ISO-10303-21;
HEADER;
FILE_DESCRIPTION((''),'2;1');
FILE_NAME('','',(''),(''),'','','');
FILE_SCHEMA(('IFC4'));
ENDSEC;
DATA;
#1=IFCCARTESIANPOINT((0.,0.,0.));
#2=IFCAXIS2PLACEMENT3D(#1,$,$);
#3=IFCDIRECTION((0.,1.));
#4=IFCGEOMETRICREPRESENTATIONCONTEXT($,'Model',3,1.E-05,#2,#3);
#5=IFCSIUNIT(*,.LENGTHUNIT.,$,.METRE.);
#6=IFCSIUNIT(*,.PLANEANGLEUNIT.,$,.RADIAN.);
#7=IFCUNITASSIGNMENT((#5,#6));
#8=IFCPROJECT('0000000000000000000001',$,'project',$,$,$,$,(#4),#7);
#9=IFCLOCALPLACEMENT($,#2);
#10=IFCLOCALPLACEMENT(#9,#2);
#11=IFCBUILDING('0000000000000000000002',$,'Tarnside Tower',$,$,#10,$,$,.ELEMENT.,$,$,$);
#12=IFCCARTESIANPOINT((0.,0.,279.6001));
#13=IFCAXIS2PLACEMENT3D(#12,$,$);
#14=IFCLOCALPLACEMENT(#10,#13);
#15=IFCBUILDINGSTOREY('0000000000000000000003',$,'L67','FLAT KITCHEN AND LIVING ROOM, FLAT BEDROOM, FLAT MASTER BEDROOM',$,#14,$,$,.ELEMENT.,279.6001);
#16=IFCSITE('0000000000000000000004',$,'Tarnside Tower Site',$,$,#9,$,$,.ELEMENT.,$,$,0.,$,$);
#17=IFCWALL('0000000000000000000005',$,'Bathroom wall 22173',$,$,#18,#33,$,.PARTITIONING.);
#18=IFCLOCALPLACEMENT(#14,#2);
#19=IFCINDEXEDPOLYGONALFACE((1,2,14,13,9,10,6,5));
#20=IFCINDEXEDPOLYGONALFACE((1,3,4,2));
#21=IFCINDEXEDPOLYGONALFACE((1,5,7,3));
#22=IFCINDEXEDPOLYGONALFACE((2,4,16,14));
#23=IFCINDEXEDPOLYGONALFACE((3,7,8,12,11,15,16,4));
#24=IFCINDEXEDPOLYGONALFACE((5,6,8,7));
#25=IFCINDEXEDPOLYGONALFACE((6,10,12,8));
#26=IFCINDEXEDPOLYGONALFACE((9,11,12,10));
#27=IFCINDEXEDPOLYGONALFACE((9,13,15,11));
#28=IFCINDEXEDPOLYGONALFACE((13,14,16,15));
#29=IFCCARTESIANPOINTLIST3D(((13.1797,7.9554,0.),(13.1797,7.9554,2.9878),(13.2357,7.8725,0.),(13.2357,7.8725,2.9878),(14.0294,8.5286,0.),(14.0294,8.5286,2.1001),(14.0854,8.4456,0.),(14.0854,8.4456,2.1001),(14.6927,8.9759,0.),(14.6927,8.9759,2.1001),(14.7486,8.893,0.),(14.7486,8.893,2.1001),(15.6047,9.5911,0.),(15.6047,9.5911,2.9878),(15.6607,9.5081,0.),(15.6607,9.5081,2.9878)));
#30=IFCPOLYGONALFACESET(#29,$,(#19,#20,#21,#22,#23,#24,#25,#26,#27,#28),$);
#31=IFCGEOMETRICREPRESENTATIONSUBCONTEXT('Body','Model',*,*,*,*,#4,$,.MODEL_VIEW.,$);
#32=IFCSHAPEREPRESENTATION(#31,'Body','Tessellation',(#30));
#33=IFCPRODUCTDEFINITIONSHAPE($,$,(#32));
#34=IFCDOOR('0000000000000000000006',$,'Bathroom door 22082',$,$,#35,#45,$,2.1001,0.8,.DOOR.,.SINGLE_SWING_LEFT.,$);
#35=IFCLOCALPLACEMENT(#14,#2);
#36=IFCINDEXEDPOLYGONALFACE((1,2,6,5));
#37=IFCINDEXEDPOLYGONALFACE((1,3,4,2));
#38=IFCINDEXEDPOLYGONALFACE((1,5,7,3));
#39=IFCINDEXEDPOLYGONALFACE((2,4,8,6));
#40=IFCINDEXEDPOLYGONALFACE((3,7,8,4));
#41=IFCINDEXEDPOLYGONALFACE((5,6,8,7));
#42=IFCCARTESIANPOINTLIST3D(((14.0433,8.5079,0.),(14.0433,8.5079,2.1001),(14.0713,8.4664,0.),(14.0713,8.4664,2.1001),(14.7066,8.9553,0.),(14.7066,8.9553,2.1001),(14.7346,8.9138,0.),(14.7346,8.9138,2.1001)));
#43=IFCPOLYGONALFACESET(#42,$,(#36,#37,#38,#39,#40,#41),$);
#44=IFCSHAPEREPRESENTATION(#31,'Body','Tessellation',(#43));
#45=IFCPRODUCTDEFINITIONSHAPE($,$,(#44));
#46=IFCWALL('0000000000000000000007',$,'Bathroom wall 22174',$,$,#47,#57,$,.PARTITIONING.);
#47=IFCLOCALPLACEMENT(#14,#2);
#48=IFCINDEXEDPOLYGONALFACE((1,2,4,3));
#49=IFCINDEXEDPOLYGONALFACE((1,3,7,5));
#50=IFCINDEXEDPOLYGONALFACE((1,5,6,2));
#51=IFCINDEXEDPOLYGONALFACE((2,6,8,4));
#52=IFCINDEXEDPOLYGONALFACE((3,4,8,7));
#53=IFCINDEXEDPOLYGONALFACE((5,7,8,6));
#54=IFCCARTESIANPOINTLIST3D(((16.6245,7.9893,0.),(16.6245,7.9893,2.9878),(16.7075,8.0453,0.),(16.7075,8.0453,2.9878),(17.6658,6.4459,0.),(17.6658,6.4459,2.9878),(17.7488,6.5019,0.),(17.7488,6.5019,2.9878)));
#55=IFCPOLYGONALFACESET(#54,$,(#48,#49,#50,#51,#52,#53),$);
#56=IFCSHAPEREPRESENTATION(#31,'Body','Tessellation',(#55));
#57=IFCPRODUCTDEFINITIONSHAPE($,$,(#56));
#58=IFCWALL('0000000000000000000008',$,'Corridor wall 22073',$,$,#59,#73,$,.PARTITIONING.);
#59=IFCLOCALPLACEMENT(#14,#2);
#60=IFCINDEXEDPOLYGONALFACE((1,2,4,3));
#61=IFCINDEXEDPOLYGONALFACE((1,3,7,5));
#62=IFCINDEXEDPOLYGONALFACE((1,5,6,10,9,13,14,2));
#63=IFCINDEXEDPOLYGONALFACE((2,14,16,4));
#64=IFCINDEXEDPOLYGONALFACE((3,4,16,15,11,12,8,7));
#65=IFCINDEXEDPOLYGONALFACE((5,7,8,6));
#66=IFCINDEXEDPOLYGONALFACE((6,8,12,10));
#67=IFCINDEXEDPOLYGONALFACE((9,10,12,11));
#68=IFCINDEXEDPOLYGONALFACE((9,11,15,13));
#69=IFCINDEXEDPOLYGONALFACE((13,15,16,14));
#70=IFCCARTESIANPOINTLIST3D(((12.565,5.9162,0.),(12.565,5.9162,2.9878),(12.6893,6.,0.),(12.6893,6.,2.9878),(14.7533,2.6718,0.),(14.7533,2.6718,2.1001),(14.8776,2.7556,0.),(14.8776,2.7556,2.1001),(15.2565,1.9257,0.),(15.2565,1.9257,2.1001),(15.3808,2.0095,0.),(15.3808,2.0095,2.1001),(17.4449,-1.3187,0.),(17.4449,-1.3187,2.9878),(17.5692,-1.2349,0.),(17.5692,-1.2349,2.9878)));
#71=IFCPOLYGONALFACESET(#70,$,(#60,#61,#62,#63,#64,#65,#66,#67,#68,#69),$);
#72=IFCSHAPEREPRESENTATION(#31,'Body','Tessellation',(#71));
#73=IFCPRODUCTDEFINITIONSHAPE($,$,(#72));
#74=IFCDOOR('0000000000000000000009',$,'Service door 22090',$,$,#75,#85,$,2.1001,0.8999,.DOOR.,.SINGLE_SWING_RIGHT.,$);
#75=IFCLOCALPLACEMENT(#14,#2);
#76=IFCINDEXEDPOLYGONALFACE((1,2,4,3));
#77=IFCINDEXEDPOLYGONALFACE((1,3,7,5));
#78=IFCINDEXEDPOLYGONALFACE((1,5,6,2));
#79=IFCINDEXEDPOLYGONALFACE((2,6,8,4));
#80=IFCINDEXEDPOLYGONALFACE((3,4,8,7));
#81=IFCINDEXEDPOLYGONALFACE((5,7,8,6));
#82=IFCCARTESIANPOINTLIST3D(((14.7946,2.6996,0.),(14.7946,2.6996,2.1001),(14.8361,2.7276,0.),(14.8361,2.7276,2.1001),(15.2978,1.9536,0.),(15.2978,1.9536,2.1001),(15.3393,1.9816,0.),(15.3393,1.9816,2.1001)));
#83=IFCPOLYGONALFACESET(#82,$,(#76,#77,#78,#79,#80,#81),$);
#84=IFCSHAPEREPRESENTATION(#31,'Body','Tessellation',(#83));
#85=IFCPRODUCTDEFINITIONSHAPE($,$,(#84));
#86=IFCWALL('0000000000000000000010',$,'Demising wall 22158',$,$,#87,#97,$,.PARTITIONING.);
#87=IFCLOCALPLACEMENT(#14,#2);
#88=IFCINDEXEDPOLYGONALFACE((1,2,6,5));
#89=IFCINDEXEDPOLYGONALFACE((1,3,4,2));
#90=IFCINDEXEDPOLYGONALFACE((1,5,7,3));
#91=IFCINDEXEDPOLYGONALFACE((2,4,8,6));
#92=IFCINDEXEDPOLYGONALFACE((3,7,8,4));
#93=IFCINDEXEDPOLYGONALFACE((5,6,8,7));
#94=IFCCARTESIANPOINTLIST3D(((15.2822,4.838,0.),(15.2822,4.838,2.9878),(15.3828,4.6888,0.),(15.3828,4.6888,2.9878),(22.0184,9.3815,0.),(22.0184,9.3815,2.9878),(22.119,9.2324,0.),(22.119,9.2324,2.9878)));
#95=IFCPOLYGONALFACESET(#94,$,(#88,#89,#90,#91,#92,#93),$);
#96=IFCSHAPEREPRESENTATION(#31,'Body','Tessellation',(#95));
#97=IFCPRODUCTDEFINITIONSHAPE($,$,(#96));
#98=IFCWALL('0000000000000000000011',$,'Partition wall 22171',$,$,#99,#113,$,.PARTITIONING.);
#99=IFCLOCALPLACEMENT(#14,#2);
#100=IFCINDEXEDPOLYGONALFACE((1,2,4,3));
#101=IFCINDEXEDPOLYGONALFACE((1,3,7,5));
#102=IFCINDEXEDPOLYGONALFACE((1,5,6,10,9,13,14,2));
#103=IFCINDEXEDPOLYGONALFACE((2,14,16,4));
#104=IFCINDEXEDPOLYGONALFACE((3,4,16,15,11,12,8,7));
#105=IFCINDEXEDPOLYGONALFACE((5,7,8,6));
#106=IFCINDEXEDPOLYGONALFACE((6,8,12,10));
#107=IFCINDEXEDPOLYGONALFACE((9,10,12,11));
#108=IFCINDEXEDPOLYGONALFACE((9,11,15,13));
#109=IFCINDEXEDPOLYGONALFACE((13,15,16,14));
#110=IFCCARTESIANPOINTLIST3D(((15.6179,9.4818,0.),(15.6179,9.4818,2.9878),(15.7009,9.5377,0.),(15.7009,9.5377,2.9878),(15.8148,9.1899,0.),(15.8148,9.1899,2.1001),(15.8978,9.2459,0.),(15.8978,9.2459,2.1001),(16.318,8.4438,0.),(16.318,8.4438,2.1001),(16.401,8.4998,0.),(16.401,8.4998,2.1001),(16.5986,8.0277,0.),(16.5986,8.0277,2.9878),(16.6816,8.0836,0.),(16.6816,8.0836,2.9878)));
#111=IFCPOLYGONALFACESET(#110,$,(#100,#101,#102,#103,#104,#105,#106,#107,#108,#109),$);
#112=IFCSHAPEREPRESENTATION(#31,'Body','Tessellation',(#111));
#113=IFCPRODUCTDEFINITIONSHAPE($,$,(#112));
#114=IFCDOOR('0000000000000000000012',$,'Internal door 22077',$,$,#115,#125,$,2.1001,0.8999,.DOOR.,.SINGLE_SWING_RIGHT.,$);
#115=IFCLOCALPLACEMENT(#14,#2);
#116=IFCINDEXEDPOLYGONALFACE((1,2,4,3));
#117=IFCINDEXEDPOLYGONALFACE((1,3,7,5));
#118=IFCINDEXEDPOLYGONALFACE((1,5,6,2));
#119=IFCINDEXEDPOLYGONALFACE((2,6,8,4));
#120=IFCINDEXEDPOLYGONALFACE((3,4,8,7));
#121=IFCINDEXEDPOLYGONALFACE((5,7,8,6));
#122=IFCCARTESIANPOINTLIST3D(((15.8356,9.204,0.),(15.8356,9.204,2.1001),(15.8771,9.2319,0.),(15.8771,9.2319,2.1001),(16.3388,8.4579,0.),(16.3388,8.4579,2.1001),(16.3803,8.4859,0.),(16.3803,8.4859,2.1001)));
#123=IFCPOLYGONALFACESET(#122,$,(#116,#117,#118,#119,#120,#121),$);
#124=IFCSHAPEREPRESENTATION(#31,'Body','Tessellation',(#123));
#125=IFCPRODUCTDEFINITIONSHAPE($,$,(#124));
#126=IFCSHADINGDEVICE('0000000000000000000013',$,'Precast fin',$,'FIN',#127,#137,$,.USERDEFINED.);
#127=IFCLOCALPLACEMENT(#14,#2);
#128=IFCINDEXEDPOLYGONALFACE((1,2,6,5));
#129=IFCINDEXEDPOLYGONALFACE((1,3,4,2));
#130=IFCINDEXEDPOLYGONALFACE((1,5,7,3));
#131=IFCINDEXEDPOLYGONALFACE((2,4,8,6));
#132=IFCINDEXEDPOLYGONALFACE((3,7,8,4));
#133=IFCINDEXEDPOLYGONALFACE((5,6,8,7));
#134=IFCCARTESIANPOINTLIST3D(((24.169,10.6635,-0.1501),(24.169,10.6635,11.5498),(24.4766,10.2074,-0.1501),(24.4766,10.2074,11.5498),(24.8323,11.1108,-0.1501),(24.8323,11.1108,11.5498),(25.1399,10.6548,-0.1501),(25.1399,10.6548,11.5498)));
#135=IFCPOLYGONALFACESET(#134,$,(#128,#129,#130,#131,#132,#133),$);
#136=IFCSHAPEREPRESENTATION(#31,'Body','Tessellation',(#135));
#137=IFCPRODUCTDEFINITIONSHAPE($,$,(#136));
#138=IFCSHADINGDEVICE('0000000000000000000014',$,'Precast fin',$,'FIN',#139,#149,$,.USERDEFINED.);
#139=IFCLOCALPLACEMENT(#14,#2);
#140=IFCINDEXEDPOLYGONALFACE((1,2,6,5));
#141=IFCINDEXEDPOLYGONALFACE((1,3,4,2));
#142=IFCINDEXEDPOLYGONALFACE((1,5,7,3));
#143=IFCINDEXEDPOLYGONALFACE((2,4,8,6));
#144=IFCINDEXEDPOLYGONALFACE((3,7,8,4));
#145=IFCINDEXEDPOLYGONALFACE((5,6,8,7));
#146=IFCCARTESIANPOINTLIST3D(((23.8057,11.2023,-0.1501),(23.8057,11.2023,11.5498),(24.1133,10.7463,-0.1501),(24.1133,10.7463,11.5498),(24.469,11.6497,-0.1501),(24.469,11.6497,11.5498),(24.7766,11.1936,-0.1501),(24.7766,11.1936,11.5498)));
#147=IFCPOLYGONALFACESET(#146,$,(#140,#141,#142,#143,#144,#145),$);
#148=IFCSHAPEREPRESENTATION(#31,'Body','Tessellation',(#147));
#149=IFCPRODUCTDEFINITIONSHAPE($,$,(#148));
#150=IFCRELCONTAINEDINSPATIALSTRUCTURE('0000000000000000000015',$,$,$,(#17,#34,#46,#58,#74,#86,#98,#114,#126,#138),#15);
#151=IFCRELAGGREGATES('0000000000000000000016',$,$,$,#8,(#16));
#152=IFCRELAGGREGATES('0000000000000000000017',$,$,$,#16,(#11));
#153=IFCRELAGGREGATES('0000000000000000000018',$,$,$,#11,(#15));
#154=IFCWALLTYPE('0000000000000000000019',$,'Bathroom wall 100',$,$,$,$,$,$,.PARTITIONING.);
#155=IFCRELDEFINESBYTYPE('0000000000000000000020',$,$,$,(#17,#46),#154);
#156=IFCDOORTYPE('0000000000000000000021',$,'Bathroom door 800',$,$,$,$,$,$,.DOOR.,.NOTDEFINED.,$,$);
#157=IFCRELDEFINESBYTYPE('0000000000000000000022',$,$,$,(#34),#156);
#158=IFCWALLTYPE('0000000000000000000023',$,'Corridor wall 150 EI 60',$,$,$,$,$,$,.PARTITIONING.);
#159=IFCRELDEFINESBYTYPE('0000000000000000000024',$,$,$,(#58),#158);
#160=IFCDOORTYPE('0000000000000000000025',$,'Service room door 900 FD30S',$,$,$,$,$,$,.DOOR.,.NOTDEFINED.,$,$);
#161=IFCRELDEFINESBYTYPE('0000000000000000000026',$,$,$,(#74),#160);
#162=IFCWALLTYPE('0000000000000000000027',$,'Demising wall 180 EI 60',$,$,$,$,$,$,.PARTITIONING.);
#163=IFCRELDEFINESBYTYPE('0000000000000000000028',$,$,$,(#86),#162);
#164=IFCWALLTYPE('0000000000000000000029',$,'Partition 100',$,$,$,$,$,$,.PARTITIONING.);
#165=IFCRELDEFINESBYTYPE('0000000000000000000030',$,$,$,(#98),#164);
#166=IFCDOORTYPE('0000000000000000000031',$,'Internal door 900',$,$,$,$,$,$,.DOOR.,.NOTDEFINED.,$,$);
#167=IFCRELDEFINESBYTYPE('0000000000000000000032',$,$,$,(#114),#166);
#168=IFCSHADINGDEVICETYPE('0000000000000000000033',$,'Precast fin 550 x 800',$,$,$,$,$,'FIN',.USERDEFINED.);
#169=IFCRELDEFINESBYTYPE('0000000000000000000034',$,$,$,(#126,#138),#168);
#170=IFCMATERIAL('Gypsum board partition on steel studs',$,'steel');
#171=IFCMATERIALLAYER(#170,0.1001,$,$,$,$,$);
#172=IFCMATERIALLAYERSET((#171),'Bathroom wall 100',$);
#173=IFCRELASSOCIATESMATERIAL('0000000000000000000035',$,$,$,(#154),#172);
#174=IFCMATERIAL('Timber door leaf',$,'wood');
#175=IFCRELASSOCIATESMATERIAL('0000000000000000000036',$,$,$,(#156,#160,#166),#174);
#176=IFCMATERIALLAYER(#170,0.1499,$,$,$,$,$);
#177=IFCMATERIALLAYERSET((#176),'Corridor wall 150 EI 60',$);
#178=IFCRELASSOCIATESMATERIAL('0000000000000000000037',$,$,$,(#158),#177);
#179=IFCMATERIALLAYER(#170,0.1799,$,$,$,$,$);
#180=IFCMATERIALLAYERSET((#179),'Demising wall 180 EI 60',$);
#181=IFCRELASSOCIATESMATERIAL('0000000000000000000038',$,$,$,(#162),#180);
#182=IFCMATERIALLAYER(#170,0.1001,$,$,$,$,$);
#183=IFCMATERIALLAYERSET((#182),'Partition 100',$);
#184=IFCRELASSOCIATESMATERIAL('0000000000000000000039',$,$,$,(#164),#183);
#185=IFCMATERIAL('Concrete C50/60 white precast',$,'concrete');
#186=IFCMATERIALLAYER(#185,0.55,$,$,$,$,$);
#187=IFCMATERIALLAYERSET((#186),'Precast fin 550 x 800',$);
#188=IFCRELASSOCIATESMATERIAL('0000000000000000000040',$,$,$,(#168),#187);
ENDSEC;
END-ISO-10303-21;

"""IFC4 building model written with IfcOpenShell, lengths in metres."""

from ifc_helpers import new_model, si_unit, direction, frame, frame_2d, origin, place, context, subcontext, project, spatial, polyline, rectangle, outline, extrude, material, layer, layer_set, type_object, element, fill, save


model = new_model("IFC4")

# Units and contexts
model_context = context("Model", 3, precision=1e-05, world=origin(), true_north=direction((0.0, 1.0)))
body_context = subcontext(model_context, "Body", "Model", "MODEL_VIEW")
ifc_project = project(units=[si_unit("LENGTHUNIT", "METRE"), si_unit("PLANEANGLEUNIT", "RADIAN")], contexts=[model_context])

# Site, building, storey
site_placement = place(None, origin())
site = spatial("IfcSite", under=ifc_project, at=site_placement, Name="Tarnside Tower Site", CompositionType="ELEMENT", RefElevation=0.0)
building_placement = place(site_placement, origin())
building = spatial("IfcBuilding", under=site, at=building_placement, Name="Tarnside Tower", CompositionType="ELEMENT")
storey_placement = place(building_placement, frame((0.0, 0.0, 279.6001)))
storey = spatial("IfcBuildingStorey", under=building, at=storey_placement, Name="L67", Description="FLAT KITCHEN AND LIVING ROOM, FLAT BEDROOM, FLAT MASTER BEDROOM", CompositionType="ELEMENT", Elevation=279.6001)

# Shared definitions
ifc_material_1 = material(Name="Gypsum board partition on steel studs", Category="steel")
ifc_layer_1 = layer(ifc_material_1, 0.1001)
ifc_layer_set_1 = layer_set([ifc_layer_1], Name="Bathroom wall 100")
wall_type_1 = type_object("IfcWallType", Name="Bathroom wall 100", PredefinedType="PARTITIONING", material=ifc_layer_set_1)

# Wall, opening, door
ifc_material_2 = material(Name="Timber door leaf", Category="wood")
door_type_1 = type_object("IfcDoorType", Name="Bathroom door 800", OperationType="NOTDEFINED", PredefinedType="DOOR", material=ifc_material_2)
wall_1_placement = place(storey_placement, frame((15.6326, 9.5496, 0.0), z_axis=(0.0, 0.0, 1.0), x_axis=(-0.829033, -0.559199, 0.0)))
wall_1 = element("IfcWall", 1, at=wall_1_placement, inside=storey, type_object=wall_type_1, Name="Bathroom wall 22173", PredefinedType="PARTITIONING", context=body_context, shape_type="SweptSolid", body=[
    extrude(rectangle(XDim=2.925, YDim=0.1001, at=frame_2d((1.4624, 0.0))), origin(), (0.0, 0.0, 1.0), 2.9878),
])
opening_1_placement = place(wall_1_placement, frame((1.1001, 0.0, 0.0)))
opening_1 = element("IfcOpeningElement", 2, at=opening_1_placement, cuts=wall_1, PredefinedType="OPENING", context=body_context, shape_type="SweptSolid", body=[
    extrude(rectangle(XDim=0.8, YDim=2.1001, at=frame_2d((0.3999, 1.05))), frame((0.0, 0.0601, 0.0), z_axis=(0.0, -1.0, 0.0), x_axis=(1.0, 0.0, 0.0)), (0.0, 0.0, 1.0), 0.1201),
])
door_1_placement = place(opening_1_placement, origin())
door_1 = element("IfcDoor", 3, at=door_1_placement, inside=storey, type_object=door_type_1, Name="Bathroom door 22082", OperationType="SINGLE_SWING_LEFT", OverallHeight=2.1001, OverallWidth=0.8, PredefinedType="DOOR", context=body_context, shape_type="SweptSolid", body=[
    extrude(rectangle(XDim=0.8, YDim=2.1001, at=frame_2d((0.3999, 1.05))), frame((0.0, 0.0249, 0.0), z_axis=(0.0, -1.0, 0.0), x_axis=(1.0, 0.0, 0.0)), (0.0, 0.0, 1.0), 0.05),
])
fill(opening_1, door_1)

# Wall
wall_2_placement = place(storey_placement, frame((17.7073, 6.4739, 0.0), z_axis=(0.0, 0.0, 1.0), x_axis=(-0.559261, 0.828992, 0.0)))
element("IfcWall", 4, at=wall_2_placement, inside=storey, type_object=wall_type_1, Name="Bathroom wall 22174", PredefinedType="PARTITIONING", context=body_context, shape_type="SweptSolid", body=[
    extrude(rectangle(XDim=1.8618, YDim=0.1001, at=frame_2d((0.9309, 0.0))), origin(), (0.0, 0.0, 1.0), 2.9878),
])

# Wall, opening, door
ifc_layer_2 = layer(ifc_material_1, 0.1499)
ifc_layer_set_2 = layer_set([ifc_layer_2], Name="Corridor wall 150 EI 60")
wall_type_2 = type_object("IfcWallType", Name="Corridor wall 150 EI 60", PredefinedType="PARTITIONING", material=ifc_layer_set_2)
wall_3_placement = place(storey_placement, frame((12.6272, 5.958, 0.0), z_axis=(0.0, 0.0, 1.0), x_axis=(0.559185, -0.829043, 0.0)))
wall_3 = element("IfcWall", 5, at=wall_3_placement, inside=storey, type_object=wall_type_2, Name="Corridor wall 22073", PredefinedType="PARTITIONING", context=body_context, shape_type="SweptSolid", body=[
    extrude(rectangle(XDim=8.7268, YDim=0.1499, at=frame_2d((4.3633, 0.0))), origin(), (0.0, 0.0, 1.0), 2.9878),
])
opening_2_placement = place(wall_3_placement, frame((3.9133, 0.0, 0.0)))
opening_2 = element("IfcOpeningElement", 6, at=opening_2_placement, cuts=wall_3, PredefinedType="OPENING", context=body_context, shape_type="SweptSolid", body=[
    extrude(rectangle(XDim=0.8999, YDim=2.1001, at=frame_2d((0.45, 1.05))), frame((0.0, 0.085, 0.0), z_axis=(0.0, -1.0, 0.0), x_axis=(1.0, 0.0, 0.0)), (0.0, 0.0, 1.0), 0.1699),
])
door_type_2 = type_object("IfcDoorType", Name="Service room door 900 FD30S", OperationType="NOTDEFINED", PredefinedType="DOOR", material=ifc_material_2)
door_2_placement = place(opening_2_placement, origin())
door_2 = element("IfcDoor", 7, at=door_2_placement, inside=storey, type_object=door_type_2, Name="Service door 22090", OperationType="SINGLE_SWING_RIGHT", OverallHeight=2.1001, OverallWidth=0.8999, PredefinedType="DOOR", context=body_context, shape_type="SweptSolid", body=[
    extrude(rectangle(XDim=0.8999, YDim=2.1001, at=frame_2d((0.45, 1.05))), frame((0.0, 0.0249, 0.0), z_axis=(0.0, -1.0, 0.0), x_axis=(1.0, 0.0, 0.0)), (0.0, 0.0, 1.0), 0.05),
])
fill(opening_2, door_2)

# Wall
ifc_layer_3 = layer(ifc_material_1, 0.1799)
ifc_layer_set_3 = layer_set([ifc_layer_3], Name="Demising wall 180 EI 60")
wall_type_3 = type_object("IfcWallType", Name="Demising wall 180 EI 60", PredefinedType="PARTITIONING", material=ifc_layer_set_3)
wall_4_placement = place(storey_placement, frame((22.0686, 9.3069, 0.0), z_axis=(0.0, 0.0, 1.0), x_axis=(-0.829043, -0.559185, 0.0)))
element("IfcWall", 8, at=wall_4_placement, inside=storey, type_object=wall_type_3, Name="Demising wall 22158", PredefinedType="PARTITIONING", context=body_context, shape_type="SweptSolid", body=[
    extrude(rectangle(XDim=8.1252, YDim=0.1799, at=frame_2d((4.0625, 0.0))), origin(), (0.0, 0.0, 1.0), 2.9878),
])

# Wall, opening, door
ifc_layer_4 = layer(ifc_material_1, 0.1001)
ifc_layer_set_4 = layer_set([ifc_layer_4], Name="Partition 100")
wall_type_4 = type_object("IfcWallType", Name="Partition 100", PredefinedType="PARTITIONING", material=ifc_layer_set_4)
wall_5_placement = place(storey_placement, frame((16.6401, 8.0557, 0.0), z_axis=(0.0, 0.0, 1.0), x_axis=(-0.559157, 0.829062, 0.0)))
wall_5 = element("IfcWall", 9, at=wall_5_placement, inside=storey, type_object=wall_type_4, Name="Partition wall 22171", PredefinedType="PARTITIONING", context=body_context, shape_type="SweptSolid", body=[
    extrude(rectangle(XDim=1.7539, YDim=0.1001, at=frame_2d((0.877, 0.0))), origin(), (0.0, 0.0, 1.0), 2.9878),
])
opening_3_placement = place(wall_5_placement, frame((0.502, 0.0, 0.0)))
opening_3 = element("IfcOpeningElement", 10, at=opening_3_placement, cuts=wall_5, PredefinedType="OPENING", context=body_context, shape_type="SweptSolid", body=[
    extrude(rectangle(XDim=0.8999, YDim=2.1001, at=frame_2d((0.45, 1.05))), frame((0.0, 0.0601, 0.0), z_axis=(0.0, -1.0, 0.0), x_axis=(1.0, 0.0, 0.0)), (0.0, 0.0, 1.0), 0.1201),
])
door_type_3 = type_object("IfcDoorType", Name="Internal door 900", OperationType="NOTDEFINED", PredefinedType="DOOR", material=ifc_material_2)
door_3_placement = place(opening_3_placement, origin())
door_3 = element("IfcDoor", 11, at=door_3_placement, inside=storey, type_object=door_type_3, Name="Internal door 22077", OperationType="SINGLE_SWING_RIGHT", OverallHeight=2.1001, OverallWidth=0.8999, PredefinedType="DOOR", context=body_context, shape_type="SweptSolid", body=[
    extrude(rectangle(XDim=0.8999, YDim=2.1001, at=frame_2d((0.45, 1.05))), frame((0.0, 0.0249, 0.0), z_axis=(0.0, -1.0, 0.0), x_axis=(1.0, 0.0, 0.0)), (0.0, 0.0, 1.0), 0.05),
])
fill(opening_3, door_3)

# Shading devices
ifc_material_3 = material(Name="Concrete C50/60 white precast", Category="concrete")
ifc_layer_5 = layer(ifc_material_3, 0.55)
ifc_layer_set_5 = layer_set([ifc_layer_5], Name="Precast fin 550 x 800")
shading_device_type = type_object("IfcShadingDeviceType", Name="Precast fin 550 x 800", ElementType="FIN", PredefinedType="USERDEFINED", material=ifc_layer_set_5)
for number, where, z_axis, x_axis, name in (
    (12, (24.3228, 10.4355, -0.1501), (0.559193, -0.829038, 0.0), (0.829038, 0.559193, 0.0), "Precast fin"),
    (13, (23.9595, 10.9744, -0.1501), (0.559193, -0.829038, 0.0), (0.829038, 0.559193, 0.0), "Precast fin"),
):
    element("IfcShadingDevice", number, at=place(storey_placement, frame(where, z_axis=z_axis, x_axis=x_axis)), inside=storey, type_object=shading_device_type, Name=name, ObjectType="FIN", PredefinedType="USERDEFINED", context=body_context, shape_type="SweptSolid", body=[
        extrude(outline(polyline([(0.0, 0.0), (0.8, 0.0), (0.8, 11.7), (0.0, 11.7), (0.0, 0.0)])), frame((0.0, 0.0, -0.2749)), (0.0, 0.0, 1.0), 0.55),
    ])

save(model, "model.ifc")
